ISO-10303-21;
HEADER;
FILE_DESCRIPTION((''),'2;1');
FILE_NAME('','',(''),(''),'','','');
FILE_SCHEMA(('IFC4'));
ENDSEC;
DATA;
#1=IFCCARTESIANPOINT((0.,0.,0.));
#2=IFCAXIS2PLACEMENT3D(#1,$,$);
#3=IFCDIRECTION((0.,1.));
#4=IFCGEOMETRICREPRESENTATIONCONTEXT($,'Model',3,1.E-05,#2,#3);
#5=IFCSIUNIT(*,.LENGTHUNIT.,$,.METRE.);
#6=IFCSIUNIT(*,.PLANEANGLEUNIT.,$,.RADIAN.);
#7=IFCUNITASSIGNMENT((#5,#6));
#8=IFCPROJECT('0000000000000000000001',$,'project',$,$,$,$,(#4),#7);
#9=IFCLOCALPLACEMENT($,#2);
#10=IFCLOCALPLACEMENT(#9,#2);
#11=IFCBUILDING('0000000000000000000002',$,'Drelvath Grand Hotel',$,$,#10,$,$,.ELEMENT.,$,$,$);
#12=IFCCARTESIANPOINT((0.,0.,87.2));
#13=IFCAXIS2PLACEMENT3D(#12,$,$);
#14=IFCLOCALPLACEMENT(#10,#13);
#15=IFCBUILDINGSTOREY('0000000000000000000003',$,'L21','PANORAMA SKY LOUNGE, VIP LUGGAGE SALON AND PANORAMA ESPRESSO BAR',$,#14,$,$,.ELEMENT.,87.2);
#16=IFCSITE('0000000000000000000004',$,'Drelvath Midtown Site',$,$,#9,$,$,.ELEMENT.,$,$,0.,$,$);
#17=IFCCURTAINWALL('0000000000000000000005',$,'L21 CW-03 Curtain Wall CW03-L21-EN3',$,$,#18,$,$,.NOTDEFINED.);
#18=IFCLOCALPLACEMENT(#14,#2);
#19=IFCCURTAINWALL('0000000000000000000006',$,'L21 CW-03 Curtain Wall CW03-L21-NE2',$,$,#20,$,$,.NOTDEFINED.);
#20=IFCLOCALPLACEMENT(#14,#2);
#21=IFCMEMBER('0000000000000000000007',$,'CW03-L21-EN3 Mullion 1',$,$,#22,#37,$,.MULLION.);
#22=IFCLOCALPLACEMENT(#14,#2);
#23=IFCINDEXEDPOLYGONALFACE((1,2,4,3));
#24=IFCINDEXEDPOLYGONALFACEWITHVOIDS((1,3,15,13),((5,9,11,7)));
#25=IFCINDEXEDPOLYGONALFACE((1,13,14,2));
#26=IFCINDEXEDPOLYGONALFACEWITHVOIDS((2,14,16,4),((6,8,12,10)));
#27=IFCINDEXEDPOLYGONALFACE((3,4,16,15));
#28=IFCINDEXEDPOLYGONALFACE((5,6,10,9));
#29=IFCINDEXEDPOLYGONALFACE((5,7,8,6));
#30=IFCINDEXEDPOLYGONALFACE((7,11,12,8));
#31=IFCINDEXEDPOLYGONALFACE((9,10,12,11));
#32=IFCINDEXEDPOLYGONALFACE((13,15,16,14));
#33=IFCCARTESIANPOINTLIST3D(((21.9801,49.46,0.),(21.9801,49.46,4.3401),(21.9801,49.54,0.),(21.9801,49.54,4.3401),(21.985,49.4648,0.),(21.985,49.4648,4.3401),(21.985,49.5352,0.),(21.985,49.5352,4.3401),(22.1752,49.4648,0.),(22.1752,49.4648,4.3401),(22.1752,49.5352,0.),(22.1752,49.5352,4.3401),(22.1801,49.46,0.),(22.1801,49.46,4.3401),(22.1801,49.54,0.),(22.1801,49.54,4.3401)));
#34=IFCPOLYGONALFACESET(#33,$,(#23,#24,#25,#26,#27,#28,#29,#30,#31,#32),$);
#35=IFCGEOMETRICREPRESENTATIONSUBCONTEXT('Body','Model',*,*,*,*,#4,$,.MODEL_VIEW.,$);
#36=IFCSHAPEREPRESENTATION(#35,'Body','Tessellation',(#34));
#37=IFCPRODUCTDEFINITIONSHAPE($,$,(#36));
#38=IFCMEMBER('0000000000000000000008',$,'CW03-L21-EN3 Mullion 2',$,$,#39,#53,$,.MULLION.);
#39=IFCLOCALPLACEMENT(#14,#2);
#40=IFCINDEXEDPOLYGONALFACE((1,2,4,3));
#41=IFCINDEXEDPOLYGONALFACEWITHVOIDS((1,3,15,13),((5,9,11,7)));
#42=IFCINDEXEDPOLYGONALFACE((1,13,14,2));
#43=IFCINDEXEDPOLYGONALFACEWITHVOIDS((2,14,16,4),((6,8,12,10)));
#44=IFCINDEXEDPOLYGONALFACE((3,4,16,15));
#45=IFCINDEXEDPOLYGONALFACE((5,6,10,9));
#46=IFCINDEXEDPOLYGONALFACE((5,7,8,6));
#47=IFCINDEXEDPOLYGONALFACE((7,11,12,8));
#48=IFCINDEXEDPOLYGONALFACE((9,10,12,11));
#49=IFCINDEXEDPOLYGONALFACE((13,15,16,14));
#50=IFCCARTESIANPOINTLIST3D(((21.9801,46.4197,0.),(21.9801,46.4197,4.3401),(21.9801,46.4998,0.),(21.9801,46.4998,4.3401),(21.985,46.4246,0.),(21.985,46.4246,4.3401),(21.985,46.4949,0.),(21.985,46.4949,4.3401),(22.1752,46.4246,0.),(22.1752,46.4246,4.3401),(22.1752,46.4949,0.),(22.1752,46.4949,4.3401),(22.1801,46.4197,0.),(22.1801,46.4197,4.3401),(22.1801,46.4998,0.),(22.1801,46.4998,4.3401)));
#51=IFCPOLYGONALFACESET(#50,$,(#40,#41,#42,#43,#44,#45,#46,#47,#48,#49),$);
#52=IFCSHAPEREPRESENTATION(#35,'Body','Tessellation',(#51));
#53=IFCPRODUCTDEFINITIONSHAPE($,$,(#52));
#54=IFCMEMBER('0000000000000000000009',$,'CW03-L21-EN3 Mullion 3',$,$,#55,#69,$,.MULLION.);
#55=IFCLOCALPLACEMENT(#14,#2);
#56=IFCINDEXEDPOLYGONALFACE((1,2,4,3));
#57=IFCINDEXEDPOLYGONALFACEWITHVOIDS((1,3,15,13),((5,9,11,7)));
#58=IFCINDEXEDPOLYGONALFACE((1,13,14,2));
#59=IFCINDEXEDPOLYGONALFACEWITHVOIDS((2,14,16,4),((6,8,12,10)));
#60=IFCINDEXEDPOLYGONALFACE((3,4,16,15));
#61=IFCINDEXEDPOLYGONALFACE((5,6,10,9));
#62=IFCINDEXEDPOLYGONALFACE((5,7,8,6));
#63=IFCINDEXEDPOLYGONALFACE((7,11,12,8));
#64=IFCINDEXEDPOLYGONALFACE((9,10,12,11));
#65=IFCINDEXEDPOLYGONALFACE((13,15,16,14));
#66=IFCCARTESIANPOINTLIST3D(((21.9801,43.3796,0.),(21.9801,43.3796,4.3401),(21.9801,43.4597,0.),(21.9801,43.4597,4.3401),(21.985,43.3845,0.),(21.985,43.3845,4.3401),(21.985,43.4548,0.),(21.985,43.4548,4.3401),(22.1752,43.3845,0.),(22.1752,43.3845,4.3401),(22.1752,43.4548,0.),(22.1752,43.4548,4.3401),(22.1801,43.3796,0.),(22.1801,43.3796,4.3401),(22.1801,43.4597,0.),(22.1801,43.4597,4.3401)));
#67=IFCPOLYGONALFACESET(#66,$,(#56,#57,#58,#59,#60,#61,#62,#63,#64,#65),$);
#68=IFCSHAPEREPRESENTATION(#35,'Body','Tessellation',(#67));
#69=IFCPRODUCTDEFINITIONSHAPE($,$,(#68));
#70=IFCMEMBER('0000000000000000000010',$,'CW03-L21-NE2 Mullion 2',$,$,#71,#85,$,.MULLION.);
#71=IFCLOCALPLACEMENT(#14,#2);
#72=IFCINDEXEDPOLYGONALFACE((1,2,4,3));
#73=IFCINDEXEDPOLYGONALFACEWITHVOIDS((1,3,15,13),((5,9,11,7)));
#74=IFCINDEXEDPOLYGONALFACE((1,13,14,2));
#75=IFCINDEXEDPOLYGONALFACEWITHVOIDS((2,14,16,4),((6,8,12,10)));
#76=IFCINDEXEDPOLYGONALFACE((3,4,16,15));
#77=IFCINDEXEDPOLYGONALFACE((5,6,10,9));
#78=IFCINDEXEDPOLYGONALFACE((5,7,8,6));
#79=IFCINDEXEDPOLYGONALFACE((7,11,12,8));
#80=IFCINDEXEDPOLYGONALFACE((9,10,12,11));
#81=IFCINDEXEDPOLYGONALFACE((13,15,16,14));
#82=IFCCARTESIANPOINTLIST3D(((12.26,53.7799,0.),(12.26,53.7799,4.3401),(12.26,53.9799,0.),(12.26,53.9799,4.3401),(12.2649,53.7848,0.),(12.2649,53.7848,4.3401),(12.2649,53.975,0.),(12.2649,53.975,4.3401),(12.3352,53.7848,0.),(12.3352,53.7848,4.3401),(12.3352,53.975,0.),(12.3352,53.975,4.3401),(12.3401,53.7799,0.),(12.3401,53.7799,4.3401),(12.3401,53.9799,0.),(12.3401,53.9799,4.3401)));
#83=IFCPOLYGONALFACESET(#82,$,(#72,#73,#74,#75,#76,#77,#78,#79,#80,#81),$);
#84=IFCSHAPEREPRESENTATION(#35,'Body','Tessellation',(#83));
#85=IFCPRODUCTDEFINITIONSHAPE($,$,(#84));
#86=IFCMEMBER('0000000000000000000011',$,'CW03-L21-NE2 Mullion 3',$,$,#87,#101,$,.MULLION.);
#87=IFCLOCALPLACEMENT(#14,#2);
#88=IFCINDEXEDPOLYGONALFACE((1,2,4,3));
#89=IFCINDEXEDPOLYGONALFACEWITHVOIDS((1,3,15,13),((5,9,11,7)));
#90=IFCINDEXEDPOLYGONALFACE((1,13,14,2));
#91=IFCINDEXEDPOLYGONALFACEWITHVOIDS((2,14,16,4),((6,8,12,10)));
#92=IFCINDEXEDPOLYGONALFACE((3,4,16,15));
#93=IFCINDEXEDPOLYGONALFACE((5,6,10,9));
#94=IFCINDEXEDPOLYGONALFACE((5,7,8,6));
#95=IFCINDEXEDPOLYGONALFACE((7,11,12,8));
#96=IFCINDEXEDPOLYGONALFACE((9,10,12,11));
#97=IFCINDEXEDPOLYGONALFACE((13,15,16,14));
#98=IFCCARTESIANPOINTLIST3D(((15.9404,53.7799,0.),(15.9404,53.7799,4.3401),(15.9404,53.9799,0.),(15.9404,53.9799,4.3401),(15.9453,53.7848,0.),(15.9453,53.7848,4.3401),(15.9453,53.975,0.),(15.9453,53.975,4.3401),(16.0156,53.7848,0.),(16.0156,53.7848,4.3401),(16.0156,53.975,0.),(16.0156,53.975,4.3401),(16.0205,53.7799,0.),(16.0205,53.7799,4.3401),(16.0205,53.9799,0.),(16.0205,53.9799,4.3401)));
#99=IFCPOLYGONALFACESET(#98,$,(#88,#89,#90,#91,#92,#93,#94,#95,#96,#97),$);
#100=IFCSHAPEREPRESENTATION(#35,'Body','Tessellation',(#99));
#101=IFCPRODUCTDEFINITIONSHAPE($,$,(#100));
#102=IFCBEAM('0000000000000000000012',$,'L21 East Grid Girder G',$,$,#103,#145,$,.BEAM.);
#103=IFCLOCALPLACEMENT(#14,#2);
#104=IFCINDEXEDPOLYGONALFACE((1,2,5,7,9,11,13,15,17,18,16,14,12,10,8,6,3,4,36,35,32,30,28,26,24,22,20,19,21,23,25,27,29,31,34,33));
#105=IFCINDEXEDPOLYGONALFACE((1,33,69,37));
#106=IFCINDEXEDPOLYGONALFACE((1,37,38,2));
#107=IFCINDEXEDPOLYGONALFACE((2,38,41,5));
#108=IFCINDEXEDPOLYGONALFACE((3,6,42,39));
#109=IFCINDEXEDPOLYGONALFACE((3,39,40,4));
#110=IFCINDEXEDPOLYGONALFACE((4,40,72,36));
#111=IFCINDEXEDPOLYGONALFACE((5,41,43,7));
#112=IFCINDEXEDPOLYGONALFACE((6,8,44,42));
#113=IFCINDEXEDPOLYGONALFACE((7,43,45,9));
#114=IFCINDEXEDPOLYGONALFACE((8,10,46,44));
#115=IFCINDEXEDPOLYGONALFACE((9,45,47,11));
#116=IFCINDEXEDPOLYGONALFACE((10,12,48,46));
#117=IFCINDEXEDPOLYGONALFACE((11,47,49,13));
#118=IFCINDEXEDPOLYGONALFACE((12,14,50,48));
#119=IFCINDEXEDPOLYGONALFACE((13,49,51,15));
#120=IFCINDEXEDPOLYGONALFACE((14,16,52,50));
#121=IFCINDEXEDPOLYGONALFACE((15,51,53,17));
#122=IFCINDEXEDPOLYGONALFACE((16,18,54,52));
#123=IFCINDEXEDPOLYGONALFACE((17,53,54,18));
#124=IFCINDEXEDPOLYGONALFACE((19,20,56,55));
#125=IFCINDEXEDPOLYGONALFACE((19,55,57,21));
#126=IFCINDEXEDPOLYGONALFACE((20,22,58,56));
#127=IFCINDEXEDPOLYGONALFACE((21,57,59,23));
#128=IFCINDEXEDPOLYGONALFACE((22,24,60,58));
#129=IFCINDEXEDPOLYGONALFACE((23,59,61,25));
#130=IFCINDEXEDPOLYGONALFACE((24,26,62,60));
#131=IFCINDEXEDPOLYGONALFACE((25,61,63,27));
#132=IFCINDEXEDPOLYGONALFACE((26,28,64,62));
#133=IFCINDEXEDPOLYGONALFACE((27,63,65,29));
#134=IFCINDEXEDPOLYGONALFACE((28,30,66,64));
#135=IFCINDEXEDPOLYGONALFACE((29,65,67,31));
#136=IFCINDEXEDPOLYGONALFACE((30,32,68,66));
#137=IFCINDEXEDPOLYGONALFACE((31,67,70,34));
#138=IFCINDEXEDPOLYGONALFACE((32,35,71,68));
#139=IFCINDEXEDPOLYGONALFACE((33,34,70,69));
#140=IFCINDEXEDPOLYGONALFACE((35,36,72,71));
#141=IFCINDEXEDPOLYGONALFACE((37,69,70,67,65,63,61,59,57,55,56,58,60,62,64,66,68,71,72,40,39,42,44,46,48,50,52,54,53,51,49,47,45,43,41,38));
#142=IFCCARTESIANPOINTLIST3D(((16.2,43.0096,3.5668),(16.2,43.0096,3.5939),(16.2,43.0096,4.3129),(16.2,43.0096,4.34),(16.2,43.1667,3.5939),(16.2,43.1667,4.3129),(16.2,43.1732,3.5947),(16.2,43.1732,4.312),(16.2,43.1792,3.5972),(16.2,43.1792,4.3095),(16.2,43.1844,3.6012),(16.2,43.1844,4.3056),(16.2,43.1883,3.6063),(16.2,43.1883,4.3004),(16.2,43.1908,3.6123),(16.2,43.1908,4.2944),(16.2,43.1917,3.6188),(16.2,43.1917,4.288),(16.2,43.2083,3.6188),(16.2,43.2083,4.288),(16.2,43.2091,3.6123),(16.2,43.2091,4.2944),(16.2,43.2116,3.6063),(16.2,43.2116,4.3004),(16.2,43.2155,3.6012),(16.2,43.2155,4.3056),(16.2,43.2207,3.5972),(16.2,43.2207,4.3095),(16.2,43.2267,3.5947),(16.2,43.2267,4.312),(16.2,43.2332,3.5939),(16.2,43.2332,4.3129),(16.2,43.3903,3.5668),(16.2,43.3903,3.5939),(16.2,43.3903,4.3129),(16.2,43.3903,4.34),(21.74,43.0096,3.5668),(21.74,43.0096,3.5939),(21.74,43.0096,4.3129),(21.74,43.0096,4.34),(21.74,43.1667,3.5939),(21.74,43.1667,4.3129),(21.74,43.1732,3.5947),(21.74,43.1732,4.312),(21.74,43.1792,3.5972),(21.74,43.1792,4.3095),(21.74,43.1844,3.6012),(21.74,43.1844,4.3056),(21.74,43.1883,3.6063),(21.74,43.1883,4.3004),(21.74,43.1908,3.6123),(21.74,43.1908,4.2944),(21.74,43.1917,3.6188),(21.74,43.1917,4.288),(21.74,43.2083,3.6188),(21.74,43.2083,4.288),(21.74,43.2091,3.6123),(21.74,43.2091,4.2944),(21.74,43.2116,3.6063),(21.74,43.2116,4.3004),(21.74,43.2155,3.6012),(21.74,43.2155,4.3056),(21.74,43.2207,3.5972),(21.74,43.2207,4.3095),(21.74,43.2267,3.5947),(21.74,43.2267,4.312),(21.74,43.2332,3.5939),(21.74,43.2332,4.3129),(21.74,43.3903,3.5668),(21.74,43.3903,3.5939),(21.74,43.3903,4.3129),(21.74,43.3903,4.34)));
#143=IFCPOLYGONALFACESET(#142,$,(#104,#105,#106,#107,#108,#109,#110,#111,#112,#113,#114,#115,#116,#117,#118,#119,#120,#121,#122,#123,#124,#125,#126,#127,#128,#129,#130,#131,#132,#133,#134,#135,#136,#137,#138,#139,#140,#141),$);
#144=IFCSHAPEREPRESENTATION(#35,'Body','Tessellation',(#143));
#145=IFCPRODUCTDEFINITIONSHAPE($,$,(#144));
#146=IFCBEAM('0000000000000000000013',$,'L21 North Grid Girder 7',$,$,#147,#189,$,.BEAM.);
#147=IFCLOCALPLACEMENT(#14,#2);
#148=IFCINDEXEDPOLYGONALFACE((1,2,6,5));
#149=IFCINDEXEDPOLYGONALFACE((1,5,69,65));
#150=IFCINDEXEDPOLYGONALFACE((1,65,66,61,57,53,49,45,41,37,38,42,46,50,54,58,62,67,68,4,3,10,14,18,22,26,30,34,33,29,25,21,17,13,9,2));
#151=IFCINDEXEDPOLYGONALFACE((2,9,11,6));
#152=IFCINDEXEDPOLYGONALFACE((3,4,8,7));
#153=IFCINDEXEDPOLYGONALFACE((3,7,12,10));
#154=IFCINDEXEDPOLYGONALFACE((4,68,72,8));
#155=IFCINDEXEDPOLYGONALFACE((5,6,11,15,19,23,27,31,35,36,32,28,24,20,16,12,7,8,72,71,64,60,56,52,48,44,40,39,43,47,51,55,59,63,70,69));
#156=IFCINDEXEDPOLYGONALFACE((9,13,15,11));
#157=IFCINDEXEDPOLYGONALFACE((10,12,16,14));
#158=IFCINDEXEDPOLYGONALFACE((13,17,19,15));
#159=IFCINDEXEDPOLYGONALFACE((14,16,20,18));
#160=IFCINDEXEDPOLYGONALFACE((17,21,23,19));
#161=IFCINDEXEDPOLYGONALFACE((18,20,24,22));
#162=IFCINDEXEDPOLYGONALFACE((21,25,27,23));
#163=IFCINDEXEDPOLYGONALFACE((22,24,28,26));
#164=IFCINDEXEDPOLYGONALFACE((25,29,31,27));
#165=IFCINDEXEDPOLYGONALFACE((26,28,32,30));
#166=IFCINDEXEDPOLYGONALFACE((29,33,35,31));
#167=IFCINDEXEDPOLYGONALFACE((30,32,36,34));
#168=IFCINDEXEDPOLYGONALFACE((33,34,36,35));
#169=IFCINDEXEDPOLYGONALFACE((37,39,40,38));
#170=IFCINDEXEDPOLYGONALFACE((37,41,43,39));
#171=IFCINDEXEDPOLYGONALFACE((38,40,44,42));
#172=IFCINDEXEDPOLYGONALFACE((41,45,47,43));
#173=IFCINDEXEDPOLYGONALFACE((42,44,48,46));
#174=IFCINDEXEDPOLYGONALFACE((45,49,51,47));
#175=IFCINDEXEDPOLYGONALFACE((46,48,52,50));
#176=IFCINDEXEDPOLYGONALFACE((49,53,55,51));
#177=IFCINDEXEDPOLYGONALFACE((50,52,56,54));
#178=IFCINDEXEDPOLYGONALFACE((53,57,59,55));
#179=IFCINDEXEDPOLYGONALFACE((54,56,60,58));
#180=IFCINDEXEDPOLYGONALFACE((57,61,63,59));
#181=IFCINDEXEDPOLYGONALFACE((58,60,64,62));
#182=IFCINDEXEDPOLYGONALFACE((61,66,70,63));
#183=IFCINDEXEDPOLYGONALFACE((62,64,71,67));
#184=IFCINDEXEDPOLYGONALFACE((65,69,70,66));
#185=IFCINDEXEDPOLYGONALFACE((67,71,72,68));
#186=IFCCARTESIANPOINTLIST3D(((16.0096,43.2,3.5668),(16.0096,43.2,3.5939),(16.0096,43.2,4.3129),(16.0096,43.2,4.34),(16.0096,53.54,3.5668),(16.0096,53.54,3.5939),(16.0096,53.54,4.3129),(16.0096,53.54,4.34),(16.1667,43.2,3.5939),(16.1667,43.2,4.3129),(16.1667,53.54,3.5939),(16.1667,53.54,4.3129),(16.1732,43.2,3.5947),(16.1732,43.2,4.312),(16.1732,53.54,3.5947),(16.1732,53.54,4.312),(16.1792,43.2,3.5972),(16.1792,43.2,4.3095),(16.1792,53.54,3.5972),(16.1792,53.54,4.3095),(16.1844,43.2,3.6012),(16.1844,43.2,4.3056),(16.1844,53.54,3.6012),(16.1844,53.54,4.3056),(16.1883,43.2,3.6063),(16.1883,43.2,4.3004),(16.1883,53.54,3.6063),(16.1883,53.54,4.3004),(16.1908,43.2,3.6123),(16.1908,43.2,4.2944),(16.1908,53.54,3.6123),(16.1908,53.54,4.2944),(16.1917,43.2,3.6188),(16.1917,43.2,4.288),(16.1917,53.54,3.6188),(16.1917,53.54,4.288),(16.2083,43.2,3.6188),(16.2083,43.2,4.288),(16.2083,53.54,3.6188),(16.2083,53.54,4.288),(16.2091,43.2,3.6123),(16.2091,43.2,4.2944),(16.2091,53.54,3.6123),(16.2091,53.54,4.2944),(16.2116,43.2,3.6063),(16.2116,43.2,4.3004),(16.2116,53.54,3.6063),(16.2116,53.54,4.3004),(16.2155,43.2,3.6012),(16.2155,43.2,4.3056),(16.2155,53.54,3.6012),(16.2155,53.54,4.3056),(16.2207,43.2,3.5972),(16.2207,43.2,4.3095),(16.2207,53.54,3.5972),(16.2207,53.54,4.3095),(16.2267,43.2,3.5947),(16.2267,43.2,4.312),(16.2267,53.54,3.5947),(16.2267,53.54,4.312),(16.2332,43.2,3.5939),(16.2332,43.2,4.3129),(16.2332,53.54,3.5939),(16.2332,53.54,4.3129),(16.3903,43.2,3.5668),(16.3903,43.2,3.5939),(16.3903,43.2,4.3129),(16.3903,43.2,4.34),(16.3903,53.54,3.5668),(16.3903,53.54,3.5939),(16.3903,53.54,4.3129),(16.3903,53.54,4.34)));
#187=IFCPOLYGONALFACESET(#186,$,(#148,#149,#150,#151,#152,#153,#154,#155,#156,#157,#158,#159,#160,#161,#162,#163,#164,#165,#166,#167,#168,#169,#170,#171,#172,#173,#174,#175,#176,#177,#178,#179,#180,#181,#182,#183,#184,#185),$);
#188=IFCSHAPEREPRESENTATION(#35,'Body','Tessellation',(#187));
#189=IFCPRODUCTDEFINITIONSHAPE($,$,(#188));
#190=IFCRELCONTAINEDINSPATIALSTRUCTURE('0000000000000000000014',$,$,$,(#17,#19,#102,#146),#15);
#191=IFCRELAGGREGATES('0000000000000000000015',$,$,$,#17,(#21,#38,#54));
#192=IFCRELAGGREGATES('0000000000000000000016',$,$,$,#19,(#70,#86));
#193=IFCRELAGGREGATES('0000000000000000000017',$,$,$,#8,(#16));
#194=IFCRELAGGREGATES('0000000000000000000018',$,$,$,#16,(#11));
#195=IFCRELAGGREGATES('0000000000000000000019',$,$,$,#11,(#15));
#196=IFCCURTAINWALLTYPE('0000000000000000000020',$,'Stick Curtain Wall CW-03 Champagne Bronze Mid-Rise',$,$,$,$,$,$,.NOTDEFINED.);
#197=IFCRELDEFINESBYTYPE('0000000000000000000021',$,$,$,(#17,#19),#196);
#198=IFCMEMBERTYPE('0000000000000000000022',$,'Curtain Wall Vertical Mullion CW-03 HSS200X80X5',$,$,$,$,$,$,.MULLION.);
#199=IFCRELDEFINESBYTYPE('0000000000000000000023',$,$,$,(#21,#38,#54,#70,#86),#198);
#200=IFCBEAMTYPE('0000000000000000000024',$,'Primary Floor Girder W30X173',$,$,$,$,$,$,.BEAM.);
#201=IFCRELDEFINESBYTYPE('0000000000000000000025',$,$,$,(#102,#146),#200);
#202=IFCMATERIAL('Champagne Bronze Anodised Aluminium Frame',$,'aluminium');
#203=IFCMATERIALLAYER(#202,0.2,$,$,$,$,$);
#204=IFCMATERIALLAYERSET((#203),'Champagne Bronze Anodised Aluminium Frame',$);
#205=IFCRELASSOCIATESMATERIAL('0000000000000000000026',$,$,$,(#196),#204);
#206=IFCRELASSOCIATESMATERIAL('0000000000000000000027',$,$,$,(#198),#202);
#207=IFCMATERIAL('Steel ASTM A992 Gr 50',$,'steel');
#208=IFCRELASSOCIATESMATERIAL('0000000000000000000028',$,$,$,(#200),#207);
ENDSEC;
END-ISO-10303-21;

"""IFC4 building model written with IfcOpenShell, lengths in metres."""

from ifc_helpers import new_model, si_unit, direction, frame, origin, origin_2d, place, context, subcontext, project, spatial, hollow_rectangle, i_section, extrude, material, layer, layer_set, material_profile, profile_set, type_object, element, aggregate, save


model = new_model("IFC4")

# Units and contexts
model_context = context("Model", 3, precision=1e-05, world=origin(), true_north=direction((0.0, 1.0)))
body_context = subcontext(model_context, "Body", "Model", "MODEL_VIEW")
ifc_project = project(units=[si_unit("LENGTHUNIT", "METRE"), si_unit("PLANEANGLEUNIT", "RADIAN")], contexts=[model_context])

# Site, building, storey
site_placement = place(None, origin())
site = spatial("IfcSite", under=ifc_project, at=site_placement, Name="Drelvath Midtown Site", CompositionType="ELEMENT", RefElevation=0.0)
building_placement = place(site_placement, origin())
building = spatial("IfcBuilding", under=site, at=building_placement, Name="Drelvath Grand Hotel", CompositionType="ELEMENT")
storey_placement = place(building_placement, frame((0.0, 0.0, 87.2)))
storey = spatial("IfcBuildingStorey", under=building, at=storey_placement, Name="L21", Description="PANORAMA SKY LOUNGE, VIP LUGGAGE SALON AND PANORAMA ESPRESSO BAR", CompositionType="ELEMENT", Elevation=87.2)

# Curtain walls
ifc_material_1 = material(Name="Champagne Bronze Anodised Aluminium Frame", Category="aluminium")
ifc_layer_1 = layer(ifc_material_1, 0.2)
ifc_layer_set_1 = layer_set([ifc_layer_1], Name="Champagne Bronze Anodised Aluminium Frame")
curtain_wall_type = type_object("IfcCurtainWallType", Name="Stick Curtain Wall CW-03 Champagne Bronze Mid-Rise", PredefinedType="NOTDEFINED", material=ifc_layer_set_1)
curtain_wall_1_placement = place(storey_placement, origin())
curtain_wall_1 = element("IfcCurtainWall", 1, at=curtain_wall_1_placement, inside=storey, type_object=curtain_wall_type, Name="L21 CW-03 Curtain Wall CW03-L21-EN3", PredefinedType="NOTDEFINED")
curtain_wall_2_placement = place(storey_placement, origin())
curtain_wall_2 = element("IfcCurtainWall", 2, at=curtain_wall_2_placement, inside=storey, type_object=curtain_wall_type, Name="L21 CW-03 Curtain Wall CW03-L21-NE2", PredefinedType="NOTDEFINED")

# Members
ifc_material_profile_1 = material_profile(ifc_material_1, hollow_rectangle(XDim=0.0801, YDim=0.2, WallThickness=0.0049, at=origin_2d()), Name="HSS200X80X5")
ifc_profile_set_1 = profile_set([ifc_material_profile_1], Name="Champagne Bronze Anodised Aluminium Frame")
member_type_1 = type_object("IfcMemberType", Name="Curtain Wall Vertical Mullion CW-03 HSS200X80X5", PredefinedType="MULLION", material=ifc_profile_set_1)
member_1_placement = place(storey_placement, frame((22.0801, 49.5, 0.0), z_axis=(0.0, 0.0, 1.0), x_axis=(0.0, 1.0, 0.0)))
member_1 = element("IfcMember", 3, at=member_1_placement, type_object=member_type_1, Name="CW03-L21-EN3 Mullion 1", PredefinedType="MULLION", context=body_context, shape_type="SweptSolid", body=[
    extrude(hollow_rectangle(XDim=0.0801, YDim=0.2, WallThickness=0.0049, at=origin_2d()), origin(), (0.0, 0.0, 1.0), 4.3401),
])
member_2_placement = place(storey_placement, frame((22.0801, 46.4597, 0.0), z_axis=(0.0, 0.0, 1.0), x_axis=(0.0, 1.0, 0.0)))
member_2 = element("IfcMember", 4, at=member_2_placement, type_object=member_type_1, Name="CW03-L21-EN3 Mullion 2", PredefinedType="MULLION", context=body_context, shape_type="SweptSolid", body=[
    extrude(hollow_rectangle(XDim=0.0801, YDim=0.2, WallThickness=0.0049, at=origin_2d()), origin(), (0.0, 0.0, 1.0), 4.3401),
])
member_3_placement = place(storey_placement, frame((22.0801, 43.4197, 0.0), z_axis=(0.0, 0.0, 1.0), x_axis=(0.0, 1.0, 0.0)))
member_3 = element("IfcMember", 5, at=member_3_placement, type_object=member_type_1, Name="CW03-L21-EN3 Mullion 3", PredefinedType="MULLION", context=body_context, shape_type="SweptSolid", body=[
    extrude(hollow_rectangle(XDim=0.0801, YDim=0.2, WallThickness=0.0049, at=origin_2d()), origin(), (0.0, 0.0, 1.0), 4.3401),
])
member_4_placement = place(storey_placement, frame((12.3, 53.8799, 0.0), z_axis=(0.0, 0.0, 1.0), x_axis=(1.0, 0.0, 0.0)))
member_4 = element("IfcMember", 6, at=member_4_placement, type_object=member_type_1, Name="CW03-L21-NE2 Mullion 2", PredefinedType="MULLION", context=body_context, shape_type="SweptSolid", body=[
    extrude(hollow_rectangle(XDim=0.0801, YDim=0.2, WallThickness=0.0049, at=origin_2d()), origin(), (0.0, 0.0, 1.0), 4.3401),
])
member_5_placement = place(storey_placement, frame((15.9805, 53.8799, 0.0), z_axis=(0.0, 0.0, 1.0), x_axis=(1.0, 0.0, 0.0)))
member_5 = element("IfcMember", 7, at=member_5_placement, type_object=member_type_1, Name="CW03-L21-NE2 Mullion 3", PredefinedType="MULLION", context=body_context, shape_type="SweptSolid", body=[
    extrude(hollow_rectangle(XDim=0.0801, YDim=0.2, WallThickness=0.0049, at=origin_2d()), origin(), (0.0, 0.0, 1.0), 4.3401),
])

# Beams
ifc_material_2 = material(Name="Steel ASTM A992 Gr 50", Category="steel")
ifc_material_profile_2 = material_profile(ifc_material_2, i_section(OverallWidth=0.3806, OverallDepth=0.7732, WebThickness=0.0166, FlangeThickness=0.0271, FilletRadius=0.0249, at=origin_2d()), Name="W30X173")
ifc_profile_set_2 = profile_set([ifc_material_profile_2], Name="Steel ASTM A992 Gr 50")
beam_type = type_object("IfcBeamType", Name="Primary Floor Girder W30X173", PredefinedType="BEAM", material=ifc_profile_set_2)
beam_1_placement = place(storey_placement, frame((16.2, 43.2, 3.9534), z_axis=(1.0, 0.0, 0.0), x_axis=(0.0, 1.0, 0.0)))
element("IfcBeam", 8, at=beam_1_placement, inside=storey, type_object=beam_type, Name="L21 East Grid Girder G", PredefinedType="BEAM", context=body_context, shape_type="SweptSolid", body=[
    extrude(i_section(OverallWidth=0.3806, OverallDepth=0.7732, WebThickness=0.0166, FlangeThickness=0.0271, FilletRadius=0.0249, at=origin_2d()), origin(), (0.0, 0.0, 1.0), 5.54),
])
beam_2_placement = place(storey_placement, frame((16.2, 43.2, 3.9534), z_axis=(0.0, 1.0, 0.0), x_axis=(-1.0, 0.0, 0.0)))
element("IfcBeam", 9, at=beam_2_placement, inside=storey, type_object=beam_type, Name="L21 North Grid Girder 7", PredefinedType="BEAM", context=body_context, shape_type="SweptSolid", body=[
    extrude(i_section(OverallWidth=0.3806, OverallDepth=0.7732, WebThickness=0.0166, FlangeThickness=0.0271, FilletRadius=0.0249, at=origin_2d()), origin(), (0.0, 0.0, 1.0), 10.3401),
])

aggregate(curtain_wall_1, [member_1, member_2, member_3])
aggregate(curtain_wall_2, [member_4, member_5])

save(model, "model.ifc")
